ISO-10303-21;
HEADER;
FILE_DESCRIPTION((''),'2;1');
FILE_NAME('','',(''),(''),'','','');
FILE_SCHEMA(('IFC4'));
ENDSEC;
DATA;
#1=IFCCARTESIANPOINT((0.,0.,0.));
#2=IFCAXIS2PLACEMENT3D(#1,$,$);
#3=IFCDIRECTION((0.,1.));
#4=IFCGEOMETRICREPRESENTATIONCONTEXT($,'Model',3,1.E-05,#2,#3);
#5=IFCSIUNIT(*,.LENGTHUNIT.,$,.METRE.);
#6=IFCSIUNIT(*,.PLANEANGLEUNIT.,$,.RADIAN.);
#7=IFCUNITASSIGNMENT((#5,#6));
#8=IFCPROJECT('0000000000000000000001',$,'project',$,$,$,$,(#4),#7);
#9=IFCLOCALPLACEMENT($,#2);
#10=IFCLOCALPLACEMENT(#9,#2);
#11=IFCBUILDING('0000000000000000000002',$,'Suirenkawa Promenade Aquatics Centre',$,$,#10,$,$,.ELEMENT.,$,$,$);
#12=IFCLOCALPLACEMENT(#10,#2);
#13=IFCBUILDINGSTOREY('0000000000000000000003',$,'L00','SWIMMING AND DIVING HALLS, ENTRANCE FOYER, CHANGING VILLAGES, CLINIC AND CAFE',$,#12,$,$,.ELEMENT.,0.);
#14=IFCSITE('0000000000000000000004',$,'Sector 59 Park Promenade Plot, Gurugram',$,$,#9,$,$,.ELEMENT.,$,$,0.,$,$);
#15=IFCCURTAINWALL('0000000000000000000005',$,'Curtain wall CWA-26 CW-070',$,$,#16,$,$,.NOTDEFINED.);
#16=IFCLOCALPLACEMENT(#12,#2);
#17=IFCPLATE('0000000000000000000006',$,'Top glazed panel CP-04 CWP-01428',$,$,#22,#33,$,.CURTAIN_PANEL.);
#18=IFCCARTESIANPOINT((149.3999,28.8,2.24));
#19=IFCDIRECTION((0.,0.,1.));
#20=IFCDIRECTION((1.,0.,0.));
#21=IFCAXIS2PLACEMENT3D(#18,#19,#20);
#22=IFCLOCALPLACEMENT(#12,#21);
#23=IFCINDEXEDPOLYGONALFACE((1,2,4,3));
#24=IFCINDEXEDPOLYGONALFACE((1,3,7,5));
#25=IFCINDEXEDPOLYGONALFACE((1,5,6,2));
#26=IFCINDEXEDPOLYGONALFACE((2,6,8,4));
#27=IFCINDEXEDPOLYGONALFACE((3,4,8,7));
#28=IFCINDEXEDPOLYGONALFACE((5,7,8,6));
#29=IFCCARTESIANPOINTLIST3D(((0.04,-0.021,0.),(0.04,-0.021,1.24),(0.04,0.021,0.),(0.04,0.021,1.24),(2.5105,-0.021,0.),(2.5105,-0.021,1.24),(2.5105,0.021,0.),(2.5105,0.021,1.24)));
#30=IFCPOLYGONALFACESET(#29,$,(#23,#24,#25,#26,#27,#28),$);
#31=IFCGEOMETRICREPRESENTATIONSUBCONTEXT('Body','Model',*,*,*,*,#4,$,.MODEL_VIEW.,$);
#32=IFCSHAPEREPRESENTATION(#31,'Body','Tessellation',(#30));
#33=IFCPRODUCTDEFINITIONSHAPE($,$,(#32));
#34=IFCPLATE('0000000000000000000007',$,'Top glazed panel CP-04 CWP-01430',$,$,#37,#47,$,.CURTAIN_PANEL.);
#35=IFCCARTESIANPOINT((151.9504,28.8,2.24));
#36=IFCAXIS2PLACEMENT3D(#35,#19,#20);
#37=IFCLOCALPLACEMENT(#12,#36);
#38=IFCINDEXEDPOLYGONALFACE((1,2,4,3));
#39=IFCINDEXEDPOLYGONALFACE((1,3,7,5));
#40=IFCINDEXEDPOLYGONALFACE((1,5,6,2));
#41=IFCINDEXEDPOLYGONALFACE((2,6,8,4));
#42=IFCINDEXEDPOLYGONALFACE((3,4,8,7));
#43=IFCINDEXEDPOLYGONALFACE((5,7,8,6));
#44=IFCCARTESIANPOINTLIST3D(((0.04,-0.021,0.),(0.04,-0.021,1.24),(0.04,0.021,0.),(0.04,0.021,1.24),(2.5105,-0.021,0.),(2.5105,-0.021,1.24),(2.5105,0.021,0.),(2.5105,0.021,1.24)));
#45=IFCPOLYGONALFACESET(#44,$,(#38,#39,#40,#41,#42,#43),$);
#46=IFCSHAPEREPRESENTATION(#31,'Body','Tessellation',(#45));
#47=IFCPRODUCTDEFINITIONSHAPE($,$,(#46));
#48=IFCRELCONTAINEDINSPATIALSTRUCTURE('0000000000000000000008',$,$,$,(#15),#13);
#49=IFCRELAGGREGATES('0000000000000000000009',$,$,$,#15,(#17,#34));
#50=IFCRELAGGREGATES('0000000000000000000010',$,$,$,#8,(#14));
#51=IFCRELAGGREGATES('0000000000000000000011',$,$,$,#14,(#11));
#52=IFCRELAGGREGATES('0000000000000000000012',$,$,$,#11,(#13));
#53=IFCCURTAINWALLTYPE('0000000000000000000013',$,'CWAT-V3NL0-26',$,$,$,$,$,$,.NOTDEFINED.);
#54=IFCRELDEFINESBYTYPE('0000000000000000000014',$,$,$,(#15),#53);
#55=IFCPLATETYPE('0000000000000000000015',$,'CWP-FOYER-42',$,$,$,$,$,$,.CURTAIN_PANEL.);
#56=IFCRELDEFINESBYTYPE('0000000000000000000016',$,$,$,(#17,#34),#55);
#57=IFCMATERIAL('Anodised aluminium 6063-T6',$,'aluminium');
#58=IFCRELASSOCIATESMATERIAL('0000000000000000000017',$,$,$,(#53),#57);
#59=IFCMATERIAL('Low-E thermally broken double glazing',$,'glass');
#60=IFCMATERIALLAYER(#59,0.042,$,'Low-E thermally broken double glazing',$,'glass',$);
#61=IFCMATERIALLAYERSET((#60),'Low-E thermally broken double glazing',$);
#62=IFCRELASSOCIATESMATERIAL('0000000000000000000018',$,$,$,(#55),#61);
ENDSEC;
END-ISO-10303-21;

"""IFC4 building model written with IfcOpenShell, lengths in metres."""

from ifc_helpers import new_model, si_unit, direction, frame, origin, place, context, subcontext, project, spatial, polyline, outline, extrude, material, layer, layer_set, type_object, element, aggregate, save


model = new_model("IFC4")

# Units and contexts
model_context = context("Model", 3, precision=1e-05, world=origin(), true_north=direction((0.0, 1.0)))
body_context = subcontext(model_context, "Body", "Model", "MODEL_VIEW")
ifc_project = project(units=[si_unit("LENGTHUNIT", "METRE"), si_unit("PLANEANGLEUNIT", "RADIAN")], contexts=[model_context])

# Site, building, storey
site_placement = place(None, origin())
site = spatial("IfcSite", under=ifc_project, at=site_placement, Name="Sector 59 Park Promenade Plot, Gurugram", CompositionType="ELEMENT", RefElevation=0.0)
building_placement = place(site_placement, origin())
building = spatial("IfcBuilding", under=site, at=building_placement, Name="Suirenkawa Promenade Aquatics Centre", CompositionType="ELEMENT")
storey_placement = place(building_placement, origin())
storey = spatial("IfcBuildingStorey", under=building, at=storey_placement, Name="L00", Description="SWIMMING AND DIVING HALLS, ENTRANCE FOYER, CHANGING VILLAGES, CLINIC AND CAFE", CompositionType="ELEMENT", Elevation=0.0)

# Curtain wall
ifc_material_1 = material(Name="Anodised aluminium 6063-T6", Category="aluminium")
curtain_wall_type_1 = type_object("IfcCurtainWallType", Name="CWAT-V3NL0-26", PredefinedType="NOTDEFINED", material=ifc_material_1)
curtain_wall_1_placement = place(storey_placement, origin())
curtain_wall_1 = element("IfcCurtainWall", 1, at=curtain_wall_1_placement, inside=storey, type_object=curtain_wall_type_1, Name="Curtain wall CWA-26 CW-070", PredefinedType="NOTDEFINED")

# Plates
ifc_material_2 = material(Name="Low-E thermally broken double glazing", Category="glass")
ifc_layer_1 = layer(ifc_material_2, 0.042, Name="Low-E thermally broken double glazing", Category="glass")
ifc_layer_set_1 = layer_set([ifc_layer_1], Name="Low-E thermally broken double glazing")
plate_type_1 = type_object("IfcPlateType", Name="CWP-FOYER-42", PredefinedType="CURTAIN_PANEL", material=ifc_layer_set_1)
plate_1_placement = place(storey_placement, frame((149.3999, 28.8, 2.24), z_axis=(0.0, 0.0, 1.0), x_axis=(1.0, 0.0, 0.0)))
plate_1 = element("IfcPlate", 2, at=plate_1_placement, type_object=plate_type_1, Name="Top glazed panel CP-04 CWP-01428", PredefinedType="CURTAIN_PANEL", context=body_context, shape_type="SweptSolid", body=[
    extrude(outline(polyline([(0.04, 0.0), (2.5105, 0.0), (2.5105, 1.24), (0.04, 1.24), (0.04, 0.0)])), frame((0.0, 0.021, 0.0), z_axis=(0.0, -1.0, 0.0), x_axis=(1.0, 0.0, 0.0)), (0.0, 0.0, 1.0), 0.042),
])
plate_2_placement = place(storey_placement, frame((151.9504, 28.8, 2.24), z_axis=(0.0, 0.0, 1.0), x_axis=(1.0, 0.0, 0.0)))
plate_2 = element("IfcPlate", 3, at=plate_2_placement, type_object=plate_type_1, Name="Top glazed panel CP-04 CWP-01430", PredefinedType="CURTAIN_PANEL", context=body_context, shape_type="SweptSolid", body=[
    extrude(outline(polyline([(0.04, 0.0), (2.5105, 0.0), (2.5105, 1.24), (0.04, 1.24), (0.04, 0.0)])), frame((0.0, 0.021, 0.0), z_axis=(0.0, -1.0, 0.0), x_axis=(1.0, 0.0, 0.0)), (0.0, 0.0, 1.0), 0.042),
])
aggregate(curtain_wall_1, [plate_1, plate_2])

save(model, "model.ifc")
